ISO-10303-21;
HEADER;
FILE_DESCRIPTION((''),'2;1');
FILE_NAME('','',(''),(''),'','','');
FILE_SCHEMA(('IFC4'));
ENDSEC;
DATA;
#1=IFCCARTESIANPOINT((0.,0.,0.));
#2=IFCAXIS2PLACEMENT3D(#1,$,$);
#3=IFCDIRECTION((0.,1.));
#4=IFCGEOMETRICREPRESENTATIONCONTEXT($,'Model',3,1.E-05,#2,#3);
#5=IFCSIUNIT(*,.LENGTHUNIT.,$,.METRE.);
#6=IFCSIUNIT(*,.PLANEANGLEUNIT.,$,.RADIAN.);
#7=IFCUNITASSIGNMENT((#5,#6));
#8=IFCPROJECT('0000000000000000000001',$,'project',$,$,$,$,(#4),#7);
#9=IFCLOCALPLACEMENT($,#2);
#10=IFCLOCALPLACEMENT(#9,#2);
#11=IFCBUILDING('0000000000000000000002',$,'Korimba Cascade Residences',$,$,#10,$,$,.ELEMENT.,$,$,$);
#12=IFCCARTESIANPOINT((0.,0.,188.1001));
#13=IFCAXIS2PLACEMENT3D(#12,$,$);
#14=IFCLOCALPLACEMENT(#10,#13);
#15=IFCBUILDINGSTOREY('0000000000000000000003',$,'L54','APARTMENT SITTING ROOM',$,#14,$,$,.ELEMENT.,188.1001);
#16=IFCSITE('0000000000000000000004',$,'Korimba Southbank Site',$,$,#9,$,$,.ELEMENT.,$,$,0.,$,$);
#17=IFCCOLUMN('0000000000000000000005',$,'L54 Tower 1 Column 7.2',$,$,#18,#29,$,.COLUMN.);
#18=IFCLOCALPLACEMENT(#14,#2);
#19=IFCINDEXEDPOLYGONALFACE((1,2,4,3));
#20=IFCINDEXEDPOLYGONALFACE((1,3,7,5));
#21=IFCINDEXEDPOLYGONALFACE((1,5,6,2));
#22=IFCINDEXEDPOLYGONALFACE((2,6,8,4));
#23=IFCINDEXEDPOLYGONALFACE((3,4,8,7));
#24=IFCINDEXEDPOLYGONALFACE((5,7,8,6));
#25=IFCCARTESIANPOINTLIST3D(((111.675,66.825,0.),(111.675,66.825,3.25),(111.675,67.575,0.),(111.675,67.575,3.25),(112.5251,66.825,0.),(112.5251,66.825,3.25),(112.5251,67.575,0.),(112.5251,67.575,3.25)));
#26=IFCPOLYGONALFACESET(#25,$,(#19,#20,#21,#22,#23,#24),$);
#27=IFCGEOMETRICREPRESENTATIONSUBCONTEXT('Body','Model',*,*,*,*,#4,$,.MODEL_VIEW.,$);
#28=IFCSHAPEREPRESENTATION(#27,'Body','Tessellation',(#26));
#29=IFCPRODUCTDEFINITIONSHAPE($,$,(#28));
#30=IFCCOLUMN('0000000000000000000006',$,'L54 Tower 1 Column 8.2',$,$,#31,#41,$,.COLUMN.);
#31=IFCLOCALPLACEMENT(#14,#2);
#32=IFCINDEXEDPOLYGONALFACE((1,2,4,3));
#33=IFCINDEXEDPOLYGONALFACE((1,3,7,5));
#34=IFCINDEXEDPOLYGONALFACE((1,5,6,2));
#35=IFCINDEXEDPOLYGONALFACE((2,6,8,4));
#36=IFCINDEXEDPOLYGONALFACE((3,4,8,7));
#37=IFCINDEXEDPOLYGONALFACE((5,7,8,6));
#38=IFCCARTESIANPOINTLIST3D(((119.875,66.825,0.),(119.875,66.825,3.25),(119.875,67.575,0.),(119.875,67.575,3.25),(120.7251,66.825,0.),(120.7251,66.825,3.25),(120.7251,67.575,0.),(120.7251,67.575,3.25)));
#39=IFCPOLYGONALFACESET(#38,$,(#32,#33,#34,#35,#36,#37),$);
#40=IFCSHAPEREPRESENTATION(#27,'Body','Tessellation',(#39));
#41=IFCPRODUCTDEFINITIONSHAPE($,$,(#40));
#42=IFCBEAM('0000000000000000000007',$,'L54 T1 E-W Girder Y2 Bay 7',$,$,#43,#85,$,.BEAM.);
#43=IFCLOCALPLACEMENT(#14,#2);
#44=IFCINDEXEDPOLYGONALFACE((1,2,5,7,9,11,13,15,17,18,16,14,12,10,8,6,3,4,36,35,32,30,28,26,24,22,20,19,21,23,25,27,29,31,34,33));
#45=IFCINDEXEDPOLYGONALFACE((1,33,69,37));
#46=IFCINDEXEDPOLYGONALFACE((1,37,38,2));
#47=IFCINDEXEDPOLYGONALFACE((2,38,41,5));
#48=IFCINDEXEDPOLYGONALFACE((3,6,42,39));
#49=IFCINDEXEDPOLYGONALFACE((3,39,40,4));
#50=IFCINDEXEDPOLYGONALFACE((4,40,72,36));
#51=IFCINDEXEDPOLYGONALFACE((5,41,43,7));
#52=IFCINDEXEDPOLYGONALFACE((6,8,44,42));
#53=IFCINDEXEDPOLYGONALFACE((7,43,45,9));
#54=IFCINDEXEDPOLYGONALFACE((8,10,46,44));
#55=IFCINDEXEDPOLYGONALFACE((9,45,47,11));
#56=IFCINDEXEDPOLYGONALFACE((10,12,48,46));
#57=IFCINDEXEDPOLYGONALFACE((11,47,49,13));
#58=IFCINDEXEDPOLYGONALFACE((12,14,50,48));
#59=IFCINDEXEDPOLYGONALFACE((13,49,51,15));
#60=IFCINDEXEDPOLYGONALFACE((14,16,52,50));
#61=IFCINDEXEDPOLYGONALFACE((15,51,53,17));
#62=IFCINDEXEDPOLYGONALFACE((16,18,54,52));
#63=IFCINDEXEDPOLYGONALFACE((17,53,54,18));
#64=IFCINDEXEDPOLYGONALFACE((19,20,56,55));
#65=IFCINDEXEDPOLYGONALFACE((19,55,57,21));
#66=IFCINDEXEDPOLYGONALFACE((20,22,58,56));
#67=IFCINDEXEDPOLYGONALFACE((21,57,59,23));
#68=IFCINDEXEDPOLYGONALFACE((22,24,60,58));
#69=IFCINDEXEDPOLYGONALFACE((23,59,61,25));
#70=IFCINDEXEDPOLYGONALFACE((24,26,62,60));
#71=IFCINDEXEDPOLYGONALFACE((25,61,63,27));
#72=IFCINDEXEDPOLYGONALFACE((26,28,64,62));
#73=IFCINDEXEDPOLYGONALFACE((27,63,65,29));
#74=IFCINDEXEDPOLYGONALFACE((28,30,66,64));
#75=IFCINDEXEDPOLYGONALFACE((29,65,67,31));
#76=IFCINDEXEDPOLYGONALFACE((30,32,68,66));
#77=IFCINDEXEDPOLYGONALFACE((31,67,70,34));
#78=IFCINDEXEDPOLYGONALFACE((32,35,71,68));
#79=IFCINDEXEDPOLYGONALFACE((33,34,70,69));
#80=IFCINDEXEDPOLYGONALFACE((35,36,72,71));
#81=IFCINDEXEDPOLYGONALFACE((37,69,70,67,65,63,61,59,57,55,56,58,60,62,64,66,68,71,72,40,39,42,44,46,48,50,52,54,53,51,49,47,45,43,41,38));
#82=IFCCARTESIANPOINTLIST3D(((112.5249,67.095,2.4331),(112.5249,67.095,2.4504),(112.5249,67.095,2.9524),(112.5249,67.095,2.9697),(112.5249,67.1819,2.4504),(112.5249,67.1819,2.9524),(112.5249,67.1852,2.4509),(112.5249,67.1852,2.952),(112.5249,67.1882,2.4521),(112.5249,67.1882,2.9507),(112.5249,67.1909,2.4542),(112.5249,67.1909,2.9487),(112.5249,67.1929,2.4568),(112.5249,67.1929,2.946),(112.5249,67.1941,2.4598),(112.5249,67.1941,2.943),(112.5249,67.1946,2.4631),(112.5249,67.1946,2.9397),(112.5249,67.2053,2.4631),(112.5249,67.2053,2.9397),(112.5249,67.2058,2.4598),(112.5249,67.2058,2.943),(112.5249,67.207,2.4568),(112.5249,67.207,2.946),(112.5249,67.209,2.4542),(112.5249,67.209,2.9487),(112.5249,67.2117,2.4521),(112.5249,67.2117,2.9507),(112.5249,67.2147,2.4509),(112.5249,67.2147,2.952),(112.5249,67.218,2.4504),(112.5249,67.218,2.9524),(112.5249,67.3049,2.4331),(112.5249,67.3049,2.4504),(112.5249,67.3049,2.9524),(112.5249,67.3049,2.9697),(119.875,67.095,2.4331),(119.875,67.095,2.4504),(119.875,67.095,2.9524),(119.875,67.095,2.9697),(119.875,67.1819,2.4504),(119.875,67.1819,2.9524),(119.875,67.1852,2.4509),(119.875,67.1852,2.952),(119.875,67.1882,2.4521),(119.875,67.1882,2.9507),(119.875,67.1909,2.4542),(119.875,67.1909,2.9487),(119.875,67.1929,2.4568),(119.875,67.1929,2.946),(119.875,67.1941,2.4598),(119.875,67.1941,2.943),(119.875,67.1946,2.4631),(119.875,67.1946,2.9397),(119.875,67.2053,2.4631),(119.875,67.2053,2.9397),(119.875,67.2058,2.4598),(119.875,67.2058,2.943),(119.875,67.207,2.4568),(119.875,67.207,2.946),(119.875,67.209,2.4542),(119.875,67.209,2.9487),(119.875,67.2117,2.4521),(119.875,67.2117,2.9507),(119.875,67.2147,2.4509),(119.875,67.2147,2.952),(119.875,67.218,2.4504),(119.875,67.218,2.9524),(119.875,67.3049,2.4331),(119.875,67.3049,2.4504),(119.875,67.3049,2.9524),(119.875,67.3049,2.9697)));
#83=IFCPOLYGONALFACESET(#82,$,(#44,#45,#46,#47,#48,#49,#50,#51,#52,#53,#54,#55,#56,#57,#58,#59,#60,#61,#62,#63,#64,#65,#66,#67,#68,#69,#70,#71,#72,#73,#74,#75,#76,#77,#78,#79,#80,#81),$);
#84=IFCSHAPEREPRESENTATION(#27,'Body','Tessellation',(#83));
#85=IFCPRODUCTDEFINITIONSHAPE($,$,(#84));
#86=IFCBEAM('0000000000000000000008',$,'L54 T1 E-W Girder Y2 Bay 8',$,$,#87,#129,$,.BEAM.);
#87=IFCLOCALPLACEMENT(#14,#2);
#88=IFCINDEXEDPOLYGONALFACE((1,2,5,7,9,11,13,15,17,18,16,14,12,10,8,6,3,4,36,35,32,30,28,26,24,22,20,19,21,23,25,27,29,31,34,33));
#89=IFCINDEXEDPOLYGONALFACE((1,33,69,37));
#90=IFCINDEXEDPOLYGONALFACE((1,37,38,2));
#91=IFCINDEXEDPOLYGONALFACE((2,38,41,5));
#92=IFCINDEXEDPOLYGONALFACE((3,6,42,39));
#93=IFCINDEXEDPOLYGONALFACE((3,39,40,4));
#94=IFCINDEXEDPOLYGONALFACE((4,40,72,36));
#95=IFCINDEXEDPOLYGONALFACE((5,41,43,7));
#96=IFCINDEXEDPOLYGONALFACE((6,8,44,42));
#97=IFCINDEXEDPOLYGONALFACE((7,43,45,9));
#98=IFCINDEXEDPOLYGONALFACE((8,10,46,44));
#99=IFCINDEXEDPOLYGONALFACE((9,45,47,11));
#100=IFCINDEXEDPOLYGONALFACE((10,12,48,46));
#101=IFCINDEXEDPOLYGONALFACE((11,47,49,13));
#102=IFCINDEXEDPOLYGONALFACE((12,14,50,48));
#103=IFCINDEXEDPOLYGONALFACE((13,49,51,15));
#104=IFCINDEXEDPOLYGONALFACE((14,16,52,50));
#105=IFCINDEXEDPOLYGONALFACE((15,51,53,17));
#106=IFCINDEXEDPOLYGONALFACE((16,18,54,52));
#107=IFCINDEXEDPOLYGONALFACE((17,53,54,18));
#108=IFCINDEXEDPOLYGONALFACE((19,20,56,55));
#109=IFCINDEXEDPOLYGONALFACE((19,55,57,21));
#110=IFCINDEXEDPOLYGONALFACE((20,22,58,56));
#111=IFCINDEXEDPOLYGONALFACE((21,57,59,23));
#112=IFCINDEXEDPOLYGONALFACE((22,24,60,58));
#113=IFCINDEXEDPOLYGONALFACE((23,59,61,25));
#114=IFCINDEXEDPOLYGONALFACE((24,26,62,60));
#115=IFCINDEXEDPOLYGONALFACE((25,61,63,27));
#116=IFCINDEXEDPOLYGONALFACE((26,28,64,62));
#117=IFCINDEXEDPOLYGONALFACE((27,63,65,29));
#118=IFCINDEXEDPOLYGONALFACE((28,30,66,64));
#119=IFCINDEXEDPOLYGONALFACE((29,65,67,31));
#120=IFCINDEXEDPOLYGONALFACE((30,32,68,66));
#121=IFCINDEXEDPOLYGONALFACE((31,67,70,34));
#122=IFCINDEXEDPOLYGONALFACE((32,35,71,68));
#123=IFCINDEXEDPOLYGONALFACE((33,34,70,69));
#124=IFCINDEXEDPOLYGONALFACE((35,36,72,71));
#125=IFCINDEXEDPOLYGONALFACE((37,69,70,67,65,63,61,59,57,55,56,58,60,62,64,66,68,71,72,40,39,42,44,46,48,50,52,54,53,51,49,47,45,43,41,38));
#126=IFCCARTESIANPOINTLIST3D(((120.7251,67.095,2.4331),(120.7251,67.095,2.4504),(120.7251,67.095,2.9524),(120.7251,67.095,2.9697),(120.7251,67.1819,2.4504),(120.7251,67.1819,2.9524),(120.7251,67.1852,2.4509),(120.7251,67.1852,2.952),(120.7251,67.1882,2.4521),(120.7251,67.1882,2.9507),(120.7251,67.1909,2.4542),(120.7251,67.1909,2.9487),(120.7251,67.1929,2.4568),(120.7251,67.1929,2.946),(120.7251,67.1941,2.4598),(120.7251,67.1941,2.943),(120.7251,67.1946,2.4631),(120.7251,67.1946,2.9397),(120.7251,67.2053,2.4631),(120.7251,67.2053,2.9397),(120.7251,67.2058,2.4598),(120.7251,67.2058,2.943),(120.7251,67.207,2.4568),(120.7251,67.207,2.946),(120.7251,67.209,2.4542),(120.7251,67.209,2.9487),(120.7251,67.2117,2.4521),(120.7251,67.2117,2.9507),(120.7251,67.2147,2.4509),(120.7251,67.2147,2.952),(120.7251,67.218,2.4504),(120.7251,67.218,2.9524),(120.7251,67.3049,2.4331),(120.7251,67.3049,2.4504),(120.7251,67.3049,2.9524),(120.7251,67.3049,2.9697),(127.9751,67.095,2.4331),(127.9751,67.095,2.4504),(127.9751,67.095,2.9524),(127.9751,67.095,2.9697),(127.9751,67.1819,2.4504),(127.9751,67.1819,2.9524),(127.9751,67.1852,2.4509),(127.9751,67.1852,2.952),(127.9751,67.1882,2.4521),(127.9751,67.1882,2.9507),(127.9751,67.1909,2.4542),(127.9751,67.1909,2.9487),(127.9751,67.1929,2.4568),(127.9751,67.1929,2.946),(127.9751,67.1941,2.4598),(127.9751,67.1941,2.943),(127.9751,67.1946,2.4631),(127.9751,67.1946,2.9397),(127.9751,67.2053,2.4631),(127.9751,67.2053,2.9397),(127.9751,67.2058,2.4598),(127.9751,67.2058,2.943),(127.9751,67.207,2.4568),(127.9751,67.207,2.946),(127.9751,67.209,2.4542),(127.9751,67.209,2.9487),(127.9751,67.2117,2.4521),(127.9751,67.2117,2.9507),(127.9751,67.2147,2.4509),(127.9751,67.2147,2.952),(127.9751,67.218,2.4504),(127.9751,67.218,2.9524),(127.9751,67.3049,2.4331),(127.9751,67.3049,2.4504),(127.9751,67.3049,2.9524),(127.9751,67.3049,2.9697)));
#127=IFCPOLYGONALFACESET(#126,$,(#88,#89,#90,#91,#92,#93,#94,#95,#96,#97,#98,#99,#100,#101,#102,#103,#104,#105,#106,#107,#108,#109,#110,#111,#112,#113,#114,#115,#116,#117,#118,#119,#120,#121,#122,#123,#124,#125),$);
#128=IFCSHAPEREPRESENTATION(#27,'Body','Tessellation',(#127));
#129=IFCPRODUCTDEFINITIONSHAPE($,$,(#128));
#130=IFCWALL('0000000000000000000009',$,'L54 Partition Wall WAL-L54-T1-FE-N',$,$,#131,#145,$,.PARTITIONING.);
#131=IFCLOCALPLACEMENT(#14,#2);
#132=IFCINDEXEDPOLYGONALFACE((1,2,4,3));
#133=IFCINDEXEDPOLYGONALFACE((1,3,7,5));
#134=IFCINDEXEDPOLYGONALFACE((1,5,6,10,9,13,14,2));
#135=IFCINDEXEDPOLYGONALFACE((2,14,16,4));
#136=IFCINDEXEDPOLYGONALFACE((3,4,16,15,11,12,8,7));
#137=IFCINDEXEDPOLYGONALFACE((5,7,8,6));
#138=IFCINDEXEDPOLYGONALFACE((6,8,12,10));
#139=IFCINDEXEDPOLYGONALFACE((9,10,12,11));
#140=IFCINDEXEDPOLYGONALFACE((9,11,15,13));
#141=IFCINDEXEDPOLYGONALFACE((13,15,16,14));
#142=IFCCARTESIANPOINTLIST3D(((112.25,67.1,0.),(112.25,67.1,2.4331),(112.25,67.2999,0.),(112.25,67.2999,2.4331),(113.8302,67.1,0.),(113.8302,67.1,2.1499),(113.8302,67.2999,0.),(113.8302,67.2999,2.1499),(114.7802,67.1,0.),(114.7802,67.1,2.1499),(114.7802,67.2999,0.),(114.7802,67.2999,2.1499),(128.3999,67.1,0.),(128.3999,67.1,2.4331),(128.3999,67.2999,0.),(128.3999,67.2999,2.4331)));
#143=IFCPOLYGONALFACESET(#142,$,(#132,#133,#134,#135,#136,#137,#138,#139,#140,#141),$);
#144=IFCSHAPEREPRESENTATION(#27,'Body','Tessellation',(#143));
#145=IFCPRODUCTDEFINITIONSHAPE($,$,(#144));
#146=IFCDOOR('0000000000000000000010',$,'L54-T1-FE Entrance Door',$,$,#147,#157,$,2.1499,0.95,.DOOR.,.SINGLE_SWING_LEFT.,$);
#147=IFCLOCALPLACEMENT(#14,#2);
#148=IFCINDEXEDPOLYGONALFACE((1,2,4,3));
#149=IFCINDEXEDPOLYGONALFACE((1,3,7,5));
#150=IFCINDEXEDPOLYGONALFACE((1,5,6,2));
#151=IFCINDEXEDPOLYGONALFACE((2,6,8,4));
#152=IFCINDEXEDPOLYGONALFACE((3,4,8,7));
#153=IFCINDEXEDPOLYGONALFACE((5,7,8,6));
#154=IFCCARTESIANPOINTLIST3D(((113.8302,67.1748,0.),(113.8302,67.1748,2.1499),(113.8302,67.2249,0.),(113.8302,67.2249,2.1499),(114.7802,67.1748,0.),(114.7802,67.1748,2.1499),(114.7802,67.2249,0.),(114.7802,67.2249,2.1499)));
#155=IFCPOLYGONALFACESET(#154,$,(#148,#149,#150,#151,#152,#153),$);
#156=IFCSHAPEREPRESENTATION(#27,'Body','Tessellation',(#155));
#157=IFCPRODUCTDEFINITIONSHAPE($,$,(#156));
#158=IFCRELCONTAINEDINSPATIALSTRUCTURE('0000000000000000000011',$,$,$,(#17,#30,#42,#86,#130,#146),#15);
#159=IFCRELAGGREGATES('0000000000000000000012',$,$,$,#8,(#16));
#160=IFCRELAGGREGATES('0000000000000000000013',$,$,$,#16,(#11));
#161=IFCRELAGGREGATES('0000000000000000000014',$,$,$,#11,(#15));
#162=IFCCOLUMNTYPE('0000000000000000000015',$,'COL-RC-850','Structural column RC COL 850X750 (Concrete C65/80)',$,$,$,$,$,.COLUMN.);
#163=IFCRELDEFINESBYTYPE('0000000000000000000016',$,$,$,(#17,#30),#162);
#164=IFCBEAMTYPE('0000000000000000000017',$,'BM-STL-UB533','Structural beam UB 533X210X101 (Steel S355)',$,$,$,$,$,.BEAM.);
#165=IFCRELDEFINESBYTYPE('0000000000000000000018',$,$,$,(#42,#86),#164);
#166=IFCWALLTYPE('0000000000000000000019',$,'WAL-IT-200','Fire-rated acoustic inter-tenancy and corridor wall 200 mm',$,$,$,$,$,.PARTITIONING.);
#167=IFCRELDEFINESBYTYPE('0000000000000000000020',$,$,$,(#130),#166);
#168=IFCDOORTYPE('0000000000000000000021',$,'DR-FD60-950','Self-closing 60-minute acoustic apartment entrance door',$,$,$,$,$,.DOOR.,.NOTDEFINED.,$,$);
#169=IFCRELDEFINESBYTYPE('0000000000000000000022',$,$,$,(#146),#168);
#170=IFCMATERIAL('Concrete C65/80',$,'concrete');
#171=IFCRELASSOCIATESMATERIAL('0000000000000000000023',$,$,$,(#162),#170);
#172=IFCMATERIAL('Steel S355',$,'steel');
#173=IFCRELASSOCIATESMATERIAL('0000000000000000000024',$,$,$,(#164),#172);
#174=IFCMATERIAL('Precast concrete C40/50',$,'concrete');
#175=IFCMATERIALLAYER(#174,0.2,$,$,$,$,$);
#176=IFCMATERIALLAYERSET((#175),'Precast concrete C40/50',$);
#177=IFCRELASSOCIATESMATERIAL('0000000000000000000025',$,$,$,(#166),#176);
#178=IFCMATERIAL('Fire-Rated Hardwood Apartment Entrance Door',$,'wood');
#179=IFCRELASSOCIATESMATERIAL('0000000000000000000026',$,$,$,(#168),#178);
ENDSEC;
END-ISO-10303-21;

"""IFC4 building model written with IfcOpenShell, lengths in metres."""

from ifc_helpers import new_model, si_unit, direction, frame, frame_2d, origin, origin_2d, place, context, subcontext, project, spatial, rectangle, i_section, extrude, material, layer, layer_set, material_profile, profile_set, type_object, element, fill, save


model = new_model("IFC4")

# Units and contexts
model_context = context("Model", 3, precision=1e-05, world=origin(), true_north=direction((0.0, 1.0)))
body_context = subcontext(model_context, "Body", "Model", "MODEL_VIEW")
ifc_project = project(units=[si_unit("LENGTHUNIT", "METRE"), si_unit("PLANEANGLEUNIT", "RADIAN")], contexts=[model_context])

# Site, building, storey
site_placement = place(None, origin())
site = spatial("IfcSite", under=ifc_project, at=site_placement, Name="Korimba Southbank Site", CompositionType="ELEMENT", RefElevation=0.0)
building_placement = place(site_placement, origin())
building = spatial("IfcBuilding", under=site, at=building_placement, Name="Korimba Cascade Residences", CompositionType="ELEMENT")
storey_placement = place(building_placement, frame((0.0, 0.0, 188.1001)))
storey = spatial("IfcBuildingStorey", under=building, at=storey_placement, Name="L54", Description="APARTMENT SITTING ROOM", CompositionType="ELEMENT", Elevation=188.1001)

# Columns
ifc_material_1 = material(Name="Concrete C65/80", Category="concrete")
ifc_material_profile_1 = material_profile(ifc_material_1, rectangle(XDim=0.8501, YDim=0.75, at=origin_2d()), Name="Concrete C65/80")
ifc_profile_set_1 = profile_set([ifc_material_profile_1], Name="Concrete C65/80")
column_type = type_object("IfcColumnType", Name="COL-RC-850", Description="Structural column RC COL 850X750 (Concrete C65/80)", PredefinedType="COLUMN", material=ifc_profile_set_1)
for number, where, z_axis, x_axis, name in (
    (1, (112.1001, 67.2, 0.0), (0.0, 0.0, 1.0), (1.0, 0.0, 0.0), "L54 Tower 1 Column 7.2"),
    (2, (120.3, 67.2, 0.0), (0.0, 0.0, 1.0), (1.0, 0.0, 0.0), "L54 Tower 1 Column 8.2"),
):
    element("IfcColumn", number, at=place(storey_placement, frame(where, z_axis=z_axis, x_axis=x_axis)), inside=storey, type_object=column_type, Name=name, PredefinedType="COLUMN", context=body_context, shape_type="SweptSolid", body=[
        extrude(rectangle(XDim=0.8501, YDim=0.75, at=origin_2d()), origin(), (0.0, 0.0, 1.0), 3.25),
    ])

# Beams
ifc_material_2 = material(Name="Steel S355", Category="steel")
ifc_material_profile_2 = material_profile(ifc_material_2, i_section(OverallWidth=0.21, OverallDepth=0.5366, WebThickness=0.0107, FlangeThickness=0.0173, FilletRadius=0.0127, at=origin_2d()), Name="Steel S355")
ifc_profile_set_2 = profile_set([ifc_material_profile_2], Name="Steel S355")
beam_type = type_object("IfcBeamType", Name="BM-STL-UB533", Description="Structural beam UB 533X210X101 (Steel S355)", PredefinedType="BEAM", material=ifc_profile_set_2)
beam_1_placement = place(storey_placement, frame((112.5249, 67.2, 2.7014), z_axis=(1.0, 0.0, 0.0), x_axis=(0.0, 1.0, 0.0)))
element("IfcBeam", 3, at=beam_1_placement, inside=storey, type_object=beam_type, Name="L54 T1 E-W Girder Y2 Bay 7", PredefinedType="BEAM", context=body_context, shape_type="SweptSolid", body=[
    extrude(i_section(OverallWidth=0.21, OverallDepth=0.5366, WebThickness=0.0107, FlangeThickness=0.0173, FilletRadius=0.0127, at=origin_2d()), origin(), (0.0, 0.0, 1.0), 7.3501),
])
beam_2_placement = place(storey_placement, frame((120.7251, 67.2, 2.7014), z_axis=(1.0, 0.0, 0.0), x_axis=(0.0, 1.0, 0.0)))
element("IfcBeam", 4, at=beam_2_placement, inside=storey, type_object=beam_type, Name="L54 T1 E-W Girder Y2 Bay 8", PredefinedType="BEAM", context=body_context, shape_type="SweptSolid", body=[
    extrude(i_section(OverallWidth=0.21, OverallDepth=0.5366, WebThickness=0.0107, FlangeThickness=0.0173, FilletRadius=0.0127, at=origin_2d()), origin(), (0.0, 0.0, 1.0), 7.25),
])

# Wall, opening, door
ifc_material_3 = material(Name="Precast concrete C40/50", Category="concrete")
ifc_layer_1 = layer(ifc_material_3, 0.2)
ifc_layer_set_1 = layer_set([ifc_layer_1], Name="Precast concrete C40/50")
wall_type_1 = type_object("IfcWallType", Name="WAL-IT-200", Description="Fire-rated acoustic inter-tenancy and corridor wall 200 mm", PredefinedType="PARTITIONING", material=ifc_layer_set_1)
wall_1_placement = place(storey_placement, frame((112.25, 67.2, 0.0), z_axis=(0.0, 0.0, 1.0), x_axis=(1.0, 0.0, 0.0)))
wall_1 = element("IfcWall", 5, at=wall_1_placement, inside=storey, type_object=wall_type_1, Name="L54 Partition Wall WAL-L54-T1-FE-N", PredefinedType="PARTITIONING", context=body_context, shape_type="SweptSolid", body=[
    extrude(rectangle(XDim=16.1499, YDim=0.2, at=frame_2d((8.075, 0.0))), origin(), (0.0, 0.0, 1.0), 2.4331),
])
opening_1_placement = place(wall_1_placement, frame((1.5801, 0.0, 0.0)))
opening_1 = element("IfcOpeningElement", 6, at=opening_1_placement, cuts=wall_1, PredefinedType="OPENING", context=body_context, shape_type="SweptSolid", body=[
    extrude(rectangle(XDim=0.95, YDim=2.1499, at=frame_2d((0.4751, 1.075))), frame((0.0, 0.1099, 0.0), z_axis=(0.0, -1.0, 0.0), x_axis=(1.0, 0.0, 0.0)), (0.0, 0.0, 1.0), 0.22),
])
ifc_material_4 = material(Name="Fire-Rated Hardwood Apartment Entrance Door", Category="wood")
door_type_1 = type_object("IfcDoorType", Name="DR-FD60-950", Description="Self-closing 60-minute acoustic apartment entrance door", OperationType="NOTDEFINED", PredefinedType="DOOR", material=ifc_material_4)
door_1_placement = place(opening_1_placement, origin())
door_1 = element("IfcDoor", 7, at=door_1_placement, inside=storey, type_object=door_type_1, Name="L54-T1-FE Entrance Door", OperationType="SINGLE_SWING_LEFT", OverallHeight=2.1499, OverallWidth=0.95, PredefinedType="DOOR", context=body_context, shape_type="SweptSolid", body=[
    extrude(rectangle(XDim=0.95, YDim=2.1499, at=frame_2d((0.4751, 1.075))), frame((0.0, 0.0249, 0.0), z_axis=(0.0, -1.0, 0.0), x_axis=(1.0, 0.0, 0.0)), (0.0, 0.0, 1.0), 0.05),
])
fill(opening_1, door_1)

save(model, "model.ifc")
